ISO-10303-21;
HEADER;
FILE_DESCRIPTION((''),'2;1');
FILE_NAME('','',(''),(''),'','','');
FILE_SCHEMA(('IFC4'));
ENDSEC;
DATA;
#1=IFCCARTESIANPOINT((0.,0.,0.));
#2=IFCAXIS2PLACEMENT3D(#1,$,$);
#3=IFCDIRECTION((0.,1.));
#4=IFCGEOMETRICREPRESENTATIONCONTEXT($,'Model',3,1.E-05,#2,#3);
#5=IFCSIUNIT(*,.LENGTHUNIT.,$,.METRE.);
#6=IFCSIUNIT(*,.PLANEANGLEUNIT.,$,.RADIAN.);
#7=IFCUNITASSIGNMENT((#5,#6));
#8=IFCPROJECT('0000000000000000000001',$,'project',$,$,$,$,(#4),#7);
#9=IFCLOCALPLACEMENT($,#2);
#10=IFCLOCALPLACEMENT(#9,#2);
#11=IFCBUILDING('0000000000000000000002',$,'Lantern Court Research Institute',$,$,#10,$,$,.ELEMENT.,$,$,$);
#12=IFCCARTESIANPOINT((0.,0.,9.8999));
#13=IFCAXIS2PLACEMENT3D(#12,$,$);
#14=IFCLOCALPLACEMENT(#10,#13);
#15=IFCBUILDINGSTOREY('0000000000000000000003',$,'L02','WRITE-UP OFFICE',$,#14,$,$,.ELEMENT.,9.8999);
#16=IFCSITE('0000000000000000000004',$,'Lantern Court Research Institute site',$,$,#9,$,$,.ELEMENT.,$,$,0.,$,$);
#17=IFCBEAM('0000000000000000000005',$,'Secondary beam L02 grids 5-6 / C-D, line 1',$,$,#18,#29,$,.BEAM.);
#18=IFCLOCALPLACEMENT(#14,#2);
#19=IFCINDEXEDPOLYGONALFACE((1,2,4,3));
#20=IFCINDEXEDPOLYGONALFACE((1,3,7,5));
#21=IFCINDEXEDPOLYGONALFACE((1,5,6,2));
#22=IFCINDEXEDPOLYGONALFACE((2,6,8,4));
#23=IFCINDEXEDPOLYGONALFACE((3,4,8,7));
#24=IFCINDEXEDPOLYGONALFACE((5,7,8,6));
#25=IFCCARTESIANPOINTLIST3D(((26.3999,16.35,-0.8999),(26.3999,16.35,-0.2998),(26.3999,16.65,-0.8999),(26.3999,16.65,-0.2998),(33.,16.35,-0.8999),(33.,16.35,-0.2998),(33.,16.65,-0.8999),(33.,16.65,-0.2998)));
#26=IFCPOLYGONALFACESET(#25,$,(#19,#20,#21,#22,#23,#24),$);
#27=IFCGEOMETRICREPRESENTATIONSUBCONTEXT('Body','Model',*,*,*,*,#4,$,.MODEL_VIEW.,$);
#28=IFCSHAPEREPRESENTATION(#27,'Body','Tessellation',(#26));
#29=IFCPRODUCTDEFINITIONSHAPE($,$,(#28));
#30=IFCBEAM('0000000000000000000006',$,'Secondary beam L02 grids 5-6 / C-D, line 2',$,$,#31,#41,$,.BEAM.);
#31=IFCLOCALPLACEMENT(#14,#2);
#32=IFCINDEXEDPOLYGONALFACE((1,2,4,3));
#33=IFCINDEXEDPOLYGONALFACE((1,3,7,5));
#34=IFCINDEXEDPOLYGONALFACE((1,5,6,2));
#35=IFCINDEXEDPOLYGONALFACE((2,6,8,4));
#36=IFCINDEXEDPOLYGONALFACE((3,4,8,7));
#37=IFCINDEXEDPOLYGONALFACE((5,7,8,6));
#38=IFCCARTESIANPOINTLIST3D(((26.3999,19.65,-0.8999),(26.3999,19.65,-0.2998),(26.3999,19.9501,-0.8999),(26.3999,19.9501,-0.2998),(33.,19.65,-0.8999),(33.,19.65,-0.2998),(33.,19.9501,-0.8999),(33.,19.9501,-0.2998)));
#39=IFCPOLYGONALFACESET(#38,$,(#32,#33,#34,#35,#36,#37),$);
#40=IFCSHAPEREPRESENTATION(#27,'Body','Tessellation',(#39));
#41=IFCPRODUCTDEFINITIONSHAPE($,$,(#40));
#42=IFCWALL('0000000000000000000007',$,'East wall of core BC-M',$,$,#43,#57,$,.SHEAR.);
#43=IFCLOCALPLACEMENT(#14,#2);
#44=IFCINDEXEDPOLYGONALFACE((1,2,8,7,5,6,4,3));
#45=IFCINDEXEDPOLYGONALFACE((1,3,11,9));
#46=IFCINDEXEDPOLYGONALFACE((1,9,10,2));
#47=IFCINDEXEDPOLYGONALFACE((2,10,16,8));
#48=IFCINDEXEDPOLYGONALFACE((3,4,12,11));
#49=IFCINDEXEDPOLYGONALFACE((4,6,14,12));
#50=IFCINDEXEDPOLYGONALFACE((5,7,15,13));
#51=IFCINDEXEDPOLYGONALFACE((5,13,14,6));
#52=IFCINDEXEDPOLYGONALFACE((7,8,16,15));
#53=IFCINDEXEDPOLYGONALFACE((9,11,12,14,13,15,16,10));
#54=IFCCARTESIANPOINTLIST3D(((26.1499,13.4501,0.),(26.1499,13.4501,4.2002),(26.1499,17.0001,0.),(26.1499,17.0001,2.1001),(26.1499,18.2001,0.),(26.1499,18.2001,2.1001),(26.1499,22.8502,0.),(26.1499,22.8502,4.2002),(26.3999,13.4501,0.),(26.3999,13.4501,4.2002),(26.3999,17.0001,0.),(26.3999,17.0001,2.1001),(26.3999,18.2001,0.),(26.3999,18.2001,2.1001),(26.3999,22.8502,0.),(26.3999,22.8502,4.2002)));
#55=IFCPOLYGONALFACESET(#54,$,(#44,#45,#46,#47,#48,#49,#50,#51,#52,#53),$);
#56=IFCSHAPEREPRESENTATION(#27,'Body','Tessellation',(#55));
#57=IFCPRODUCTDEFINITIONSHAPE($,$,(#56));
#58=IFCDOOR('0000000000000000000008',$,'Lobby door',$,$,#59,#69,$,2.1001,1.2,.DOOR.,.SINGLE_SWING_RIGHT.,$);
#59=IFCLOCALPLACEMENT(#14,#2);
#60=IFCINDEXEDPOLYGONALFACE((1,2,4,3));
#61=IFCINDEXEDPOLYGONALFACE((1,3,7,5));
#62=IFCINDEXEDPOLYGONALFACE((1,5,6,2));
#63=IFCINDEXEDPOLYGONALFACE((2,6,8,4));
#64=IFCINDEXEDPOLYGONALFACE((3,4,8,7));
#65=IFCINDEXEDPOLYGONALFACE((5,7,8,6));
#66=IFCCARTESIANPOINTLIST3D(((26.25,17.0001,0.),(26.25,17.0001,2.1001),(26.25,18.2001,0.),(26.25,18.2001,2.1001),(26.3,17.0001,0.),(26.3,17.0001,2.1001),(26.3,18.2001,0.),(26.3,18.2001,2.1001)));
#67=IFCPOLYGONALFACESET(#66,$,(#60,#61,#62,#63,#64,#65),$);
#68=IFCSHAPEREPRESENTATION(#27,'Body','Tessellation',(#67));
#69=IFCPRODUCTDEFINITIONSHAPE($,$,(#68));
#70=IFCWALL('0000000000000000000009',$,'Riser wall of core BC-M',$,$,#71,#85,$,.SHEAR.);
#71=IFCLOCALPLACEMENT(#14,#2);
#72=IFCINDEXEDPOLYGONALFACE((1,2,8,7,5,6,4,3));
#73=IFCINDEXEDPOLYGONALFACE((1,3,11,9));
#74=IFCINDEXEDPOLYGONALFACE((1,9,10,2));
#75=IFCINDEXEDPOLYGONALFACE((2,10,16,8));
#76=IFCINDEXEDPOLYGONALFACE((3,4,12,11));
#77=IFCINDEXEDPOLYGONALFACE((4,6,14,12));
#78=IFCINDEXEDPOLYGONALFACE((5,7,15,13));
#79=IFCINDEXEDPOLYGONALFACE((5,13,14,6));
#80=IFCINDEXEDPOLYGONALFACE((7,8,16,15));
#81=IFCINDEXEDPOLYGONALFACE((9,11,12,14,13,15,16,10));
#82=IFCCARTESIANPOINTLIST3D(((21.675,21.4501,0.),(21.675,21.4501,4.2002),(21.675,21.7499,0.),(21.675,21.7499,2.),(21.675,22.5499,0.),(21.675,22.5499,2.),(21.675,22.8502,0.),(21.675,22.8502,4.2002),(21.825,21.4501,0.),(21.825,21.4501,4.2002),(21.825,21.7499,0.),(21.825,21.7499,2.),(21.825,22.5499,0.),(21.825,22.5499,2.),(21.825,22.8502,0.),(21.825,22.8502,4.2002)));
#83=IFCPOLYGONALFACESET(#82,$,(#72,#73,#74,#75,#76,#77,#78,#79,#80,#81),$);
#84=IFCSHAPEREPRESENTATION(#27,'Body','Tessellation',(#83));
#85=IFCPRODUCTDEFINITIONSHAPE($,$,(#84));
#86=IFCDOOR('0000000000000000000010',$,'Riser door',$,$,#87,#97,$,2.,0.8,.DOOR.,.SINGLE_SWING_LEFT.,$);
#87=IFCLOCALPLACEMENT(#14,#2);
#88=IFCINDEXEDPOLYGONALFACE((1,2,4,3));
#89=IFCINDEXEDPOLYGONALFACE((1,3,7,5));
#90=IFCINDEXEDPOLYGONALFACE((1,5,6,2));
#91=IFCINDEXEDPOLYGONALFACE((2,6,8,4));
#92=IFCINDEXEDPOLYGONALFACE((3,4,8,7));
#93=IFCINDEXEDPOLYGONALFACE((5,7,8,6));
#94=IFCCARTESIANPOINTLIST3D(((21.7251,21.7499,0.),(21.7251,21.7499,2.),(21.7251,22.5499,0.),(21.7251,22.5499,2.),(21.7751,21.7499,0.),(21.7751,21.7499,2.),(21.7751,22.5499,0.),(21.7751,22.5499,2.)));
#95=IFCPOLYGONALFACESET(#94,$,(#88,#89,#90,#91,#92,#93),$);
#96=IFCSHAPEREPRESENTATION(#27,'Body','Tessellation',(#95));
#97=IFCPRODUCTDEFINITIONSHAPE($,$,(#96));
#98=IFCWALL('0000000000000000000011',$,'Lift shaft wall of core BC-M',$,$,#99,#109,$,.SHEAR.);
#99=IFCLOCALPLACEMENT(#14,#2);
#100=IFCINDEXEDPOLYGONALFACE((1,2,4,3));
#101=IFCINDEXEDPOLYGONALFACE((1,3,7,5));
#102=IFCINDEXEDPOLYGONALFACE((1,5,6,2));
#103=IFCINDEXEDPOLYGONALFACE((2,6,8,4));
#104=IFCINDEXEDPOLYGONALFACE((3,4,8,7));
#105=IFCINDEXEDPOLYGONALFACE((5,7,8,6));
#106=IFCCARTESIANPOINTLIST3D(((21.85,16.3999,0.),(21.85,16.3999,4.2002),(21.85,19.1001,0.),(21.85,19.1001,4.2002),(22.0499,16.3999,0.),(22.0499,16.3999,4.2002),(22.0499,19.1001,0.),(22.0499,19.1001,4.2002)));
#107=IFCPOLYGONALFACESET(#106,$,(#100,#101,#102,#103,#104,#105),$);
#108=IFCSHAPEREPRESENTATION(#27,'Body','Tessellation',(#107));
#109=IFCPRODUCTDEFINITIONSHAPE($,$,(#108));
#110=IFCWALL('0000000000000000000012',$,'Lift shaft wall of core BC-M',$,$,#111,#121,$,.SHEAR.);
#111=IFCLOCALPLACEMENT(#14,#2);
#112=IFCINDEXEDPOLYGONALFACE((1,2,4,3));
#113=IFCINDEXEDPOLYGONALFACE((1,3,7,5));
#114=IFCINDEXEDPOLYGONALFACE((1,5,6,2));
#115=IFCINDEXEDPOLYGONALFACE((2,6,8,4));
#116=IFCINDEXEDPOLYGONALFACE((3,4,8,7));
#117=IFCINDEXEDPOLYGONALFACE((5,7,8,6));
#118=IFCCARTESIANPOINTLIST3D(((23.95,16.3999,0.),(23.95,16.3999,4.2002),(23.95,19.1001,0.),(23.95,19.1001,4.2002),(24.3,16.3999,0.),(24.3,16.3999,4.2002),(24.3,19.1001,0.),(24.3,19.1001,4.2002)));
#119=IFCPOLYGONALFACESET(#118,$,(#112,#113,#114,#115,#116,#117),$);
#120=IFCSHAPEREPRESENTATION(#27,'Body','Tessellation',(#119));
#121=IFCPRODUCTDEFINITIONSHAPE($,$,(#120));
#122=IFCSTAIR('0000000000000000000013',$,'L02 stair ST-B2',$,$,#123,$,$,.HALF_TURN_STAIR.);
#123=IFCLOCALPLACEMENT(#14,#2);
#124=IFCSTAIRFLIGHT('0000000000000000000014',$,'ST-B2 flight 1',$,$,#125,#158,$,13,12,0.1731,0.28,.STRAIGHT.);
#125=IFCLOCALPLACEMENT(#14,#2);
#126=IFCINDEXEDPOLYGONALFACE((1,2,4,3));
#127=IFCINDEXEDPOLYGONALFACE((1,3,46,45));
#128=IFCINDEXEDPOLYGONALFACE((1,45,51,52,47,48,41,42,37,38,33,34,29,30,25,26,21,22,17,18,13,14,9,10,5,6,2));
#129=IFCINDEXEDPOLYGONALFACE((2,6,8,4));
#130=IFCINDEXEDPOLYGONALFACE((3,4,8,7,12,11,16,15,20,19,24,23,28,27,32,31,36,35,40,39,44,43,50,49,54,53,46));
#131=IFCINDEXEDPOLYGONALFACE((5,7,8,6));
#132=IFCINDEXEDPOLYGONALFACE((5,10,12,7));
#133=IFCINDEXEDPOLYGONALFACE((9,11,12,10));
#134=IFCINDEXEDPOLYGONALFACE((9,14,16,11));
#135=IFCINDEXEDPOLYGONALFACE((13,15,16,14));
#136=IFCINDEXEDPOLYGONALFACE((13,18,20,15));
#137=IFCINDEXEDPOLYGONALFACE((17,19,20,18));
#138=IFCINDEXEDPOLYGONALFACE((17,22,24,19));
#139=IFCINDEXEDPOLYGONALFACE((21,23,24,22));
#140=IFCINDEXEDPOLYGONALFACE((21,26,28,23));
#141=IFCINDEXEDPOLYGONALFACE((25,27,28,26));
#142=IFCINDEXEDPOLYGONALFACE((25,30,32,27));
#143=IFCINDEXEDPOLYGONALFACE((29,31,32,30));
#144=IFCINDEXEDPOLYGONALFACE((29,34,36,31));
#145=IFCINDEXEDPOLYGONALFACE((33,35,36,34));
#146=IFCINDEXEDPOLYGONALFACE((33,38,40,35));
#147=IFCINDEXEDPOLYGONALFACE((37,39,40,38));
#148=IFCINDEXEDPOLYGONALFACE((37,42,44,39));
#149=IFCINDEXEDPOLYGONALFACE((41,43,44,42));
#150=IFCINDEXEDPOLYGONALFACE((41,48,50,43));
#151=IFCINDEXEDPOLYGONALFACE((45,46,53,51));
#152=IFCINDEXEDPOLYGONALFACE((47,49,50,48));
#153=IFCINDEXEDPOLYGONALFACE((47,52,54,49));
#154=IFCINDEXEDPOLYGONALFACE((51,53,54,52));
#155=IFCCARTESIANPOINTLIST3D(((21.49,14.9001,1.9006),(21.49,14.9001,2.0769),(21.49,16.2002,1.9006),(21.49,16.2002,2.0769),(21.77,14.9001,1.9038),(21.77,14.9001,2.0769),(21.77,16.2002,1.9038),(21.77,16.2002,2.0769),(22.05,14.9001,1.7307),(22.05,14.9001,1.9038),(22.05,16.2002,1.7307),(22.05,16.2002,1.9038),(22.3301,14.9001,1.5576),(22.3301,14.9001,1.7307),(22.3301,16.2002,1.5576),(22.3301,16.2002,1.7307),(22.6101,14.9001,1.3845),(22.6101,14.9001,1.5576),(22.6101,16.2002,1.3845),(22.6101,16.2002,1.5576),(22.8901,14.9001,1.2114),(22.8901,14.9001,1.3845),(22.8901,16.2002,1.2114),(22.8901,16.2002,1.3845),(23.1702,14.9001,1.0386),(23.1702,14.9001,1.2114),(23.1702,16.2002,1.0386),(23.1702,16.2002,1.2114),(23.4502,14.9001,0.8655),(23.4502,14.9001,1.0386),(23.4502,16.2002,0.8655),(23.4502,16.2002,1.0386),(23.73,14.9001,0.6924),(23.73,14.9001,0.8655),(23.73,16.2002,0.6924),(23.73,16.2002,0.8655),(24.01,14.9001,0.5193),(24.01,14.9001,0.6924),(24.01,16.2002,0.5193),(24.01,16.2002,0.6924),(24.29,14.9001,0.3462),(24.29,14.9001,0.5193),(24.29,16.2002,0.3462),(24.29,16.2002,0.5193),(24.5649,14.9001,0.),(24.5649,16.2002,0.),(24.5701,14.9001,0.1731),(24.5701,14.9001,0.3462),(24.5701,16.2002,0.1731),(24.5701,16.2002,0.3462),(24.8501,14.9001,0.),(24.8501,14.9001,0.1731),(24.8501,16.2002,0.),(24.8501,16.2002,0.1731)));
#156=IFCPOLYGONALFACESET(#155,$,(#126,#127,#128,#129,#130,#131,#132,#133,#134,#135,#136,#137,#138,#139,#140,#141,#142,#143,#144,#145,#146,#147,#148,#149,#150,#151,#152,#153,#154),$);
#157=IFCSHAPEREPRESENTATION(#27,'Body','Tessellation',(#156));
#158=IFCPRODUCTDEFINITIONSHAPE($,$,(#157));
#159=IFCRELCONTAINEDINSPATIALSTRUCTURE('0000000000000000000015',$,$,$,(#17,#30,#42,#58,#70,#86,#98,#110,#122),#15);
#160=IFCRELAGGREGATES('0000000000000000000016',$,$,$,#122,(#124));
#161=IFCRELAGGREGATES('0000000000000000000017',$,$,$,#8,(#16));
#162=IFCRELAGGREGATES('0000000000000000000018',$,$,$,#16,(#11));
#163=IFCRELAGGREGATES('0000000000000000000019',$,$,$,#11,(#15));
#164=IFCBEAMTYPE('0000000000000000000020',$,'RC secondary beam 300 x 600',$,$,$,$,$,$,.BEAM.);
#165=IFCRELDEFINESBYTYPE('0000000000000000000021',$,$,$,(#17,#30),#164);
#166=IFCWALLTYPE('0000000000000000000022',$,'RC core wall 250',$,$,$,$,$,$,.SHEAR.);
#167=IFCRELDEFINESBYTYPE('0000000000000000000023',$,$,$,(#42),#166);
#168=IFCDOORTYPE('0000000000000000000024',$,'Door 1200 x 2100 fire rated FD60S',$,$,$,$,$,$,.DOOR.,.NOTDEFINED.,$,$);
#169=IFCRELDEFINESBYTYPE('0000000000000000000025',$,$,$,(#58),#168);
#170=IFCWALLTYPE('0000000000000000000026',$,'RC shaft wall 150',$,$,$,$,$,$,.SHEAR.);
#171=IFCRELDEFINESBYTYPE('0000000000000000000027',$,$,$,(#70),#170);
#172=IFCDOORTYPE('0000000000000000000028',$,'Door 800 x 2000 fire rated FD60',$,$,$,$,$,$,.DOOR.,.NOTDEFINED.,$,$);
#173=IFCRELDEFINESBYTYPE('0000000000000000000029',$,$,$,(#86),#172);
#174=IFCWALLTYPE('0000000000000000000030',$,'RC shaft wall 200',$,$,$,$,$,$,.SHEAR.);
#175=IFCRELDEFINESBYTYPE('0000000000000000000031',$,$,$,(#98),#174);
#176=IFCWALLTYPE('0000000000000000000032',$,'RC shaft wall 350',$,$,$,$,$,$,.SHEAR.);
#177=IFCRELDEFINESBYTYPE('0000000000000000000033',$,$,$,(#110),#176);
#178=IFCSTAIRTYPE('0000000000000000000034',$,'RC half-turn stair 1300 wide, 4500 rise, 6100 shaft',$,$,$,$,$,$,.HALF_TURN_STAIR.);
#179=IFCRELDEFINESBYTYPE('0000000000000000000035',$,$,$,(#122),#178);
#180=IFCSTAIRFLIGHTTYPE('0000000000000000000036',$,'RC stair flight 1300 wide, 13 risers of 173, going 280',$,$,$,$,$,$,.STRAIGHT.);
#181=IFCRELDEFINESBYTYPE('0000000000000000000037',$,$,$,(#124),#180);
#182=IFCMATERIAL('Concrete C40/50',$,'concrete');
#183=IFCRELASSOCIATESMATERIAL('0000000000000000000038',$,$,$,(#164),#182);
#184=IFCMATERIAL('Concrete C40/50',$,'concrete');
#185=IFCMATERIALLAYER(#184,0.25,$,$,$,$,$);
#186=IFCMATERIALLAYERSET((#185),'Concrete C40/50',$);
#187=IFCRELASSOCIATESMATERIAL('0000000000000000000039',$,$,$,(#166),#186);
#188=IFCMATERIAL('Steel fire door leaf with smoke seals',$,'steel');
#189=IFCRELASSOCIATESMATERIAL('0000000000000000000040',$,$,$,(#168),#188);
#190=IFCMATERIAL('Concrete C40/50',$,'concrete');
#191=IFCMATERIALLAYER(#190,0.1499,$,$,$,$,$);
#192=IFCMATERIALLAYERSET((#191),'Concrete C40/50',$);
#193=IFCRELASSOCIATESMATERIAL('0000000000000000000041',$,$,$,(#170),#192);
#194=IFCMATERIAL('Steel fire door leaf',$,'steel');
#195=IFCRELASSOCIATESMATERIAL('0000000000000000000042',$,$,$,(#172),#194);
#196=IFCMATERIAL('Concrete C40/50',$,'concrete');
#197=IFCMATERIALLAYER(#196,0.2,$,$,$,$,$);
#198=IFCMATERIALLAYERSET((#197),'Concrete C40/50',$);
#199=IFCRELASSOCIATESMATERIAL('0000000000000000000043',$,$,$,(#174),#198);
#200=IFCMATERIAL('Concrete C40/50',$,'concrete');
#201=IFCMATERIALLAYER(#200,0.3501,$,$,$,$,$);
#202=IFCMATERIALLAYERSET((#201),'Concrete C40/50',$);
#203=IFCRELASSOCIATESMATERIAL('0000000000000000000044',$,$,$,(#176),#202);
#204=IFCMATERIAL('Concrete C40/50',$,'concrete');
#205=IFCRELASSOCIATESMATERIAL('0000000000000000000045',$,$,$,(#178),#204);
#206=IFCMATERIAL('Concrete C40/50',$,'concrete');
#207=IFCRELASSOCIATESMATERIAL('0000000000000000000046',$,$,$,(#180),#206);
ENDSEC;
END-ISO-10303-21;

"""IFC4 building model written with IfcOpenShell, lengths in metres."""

from ifc_helpers import new_model, si_unit, direction, frame, frame_2d, origin, origin_2d, place, context, subcontext, project, spatial, polyline, rectangle, outline, extrude, material, layer, layer_set, material_profile, profile_set, type_object, element, fill, aggregate, save


model = new_model("IFC4")

# Units and contexts
model_context = context("Model", 3, precision=1e-05, world=origin(), true_north=direction((0.0, 1.0)))
body_context = subcontext(model_context, "Body", "Model", "MODEL_VIEW")
ifc_project = project(units=[si_unit("LENGTHUNIT", "METRE"), si_unit("PLANEANGLEUNIT", "RADIAN")], contexts=[model_context])

# Site, building, storey
site_placement = place(None, origin())
site = spatial("IfcSite", under=ifc_project, at=site_placement, Name="Lantern Court Research Institute site", CompositionType="ELEMENT", RefElevation=0.0)
building_placement = place(site_placement, origin())
building = spatial("IfcBuilding", under=site, at=building_placement, Name="Lantern Court Research Institute", CompositionType="ELEMENT")
storey_placement = place(building_placement, frame((0.0, 0.0, 9.8999)))
storey = spatial("IfcBuildingStorey", under=building, at=storey_placement, Name="L02", Description="WRITE-UP OFFICE", CompositionType="ELEMENT", Elevation=9.8999)

# Beams
ifc_material_1 = material(Name="Concrete C40/50", Category="concrete")
ifc_material_profile = material_profile(ifc_material_1, rectangle(XDim=0.3, YDim=0.6001, at=origin_2d()), Name="RC beam 300 x 600")
ifc_profile_set = profile_set([ifc_material_profile], Name="Concrete C40/50")
beam_type = type_object("IfcBeamType", Name="RC secondary beam 300 x 600", PredefinedType="BEAM", material=ifc_profile_set)
for number, where, z_axis, x_axis, name in (
    (1, (26.3999, 16.5, -0.5999), (1.0, 0.0, 0.0), (0.0, 1.0, 0.0), "Secondary beam L02 grids 5-6 / C-D, line 1"),
    (2, (26.3999, 19.8, -0.5999), (1.0, 0.0, 0.0), (0.0, 1.0, 0.0), "Secondary beam L02 grids 5-6 / C-D, line 2"),
):
    element("IfcBeam", number, at=place(storey_placement, frame(where, z_axis=z_axis, x_axis=x_axis)), inside=storey, type_object=beam_type, Name=name, PredefinedType="BEAM", context=body_context, shape_type="SweptSolid", body=[
        extrude(rectangle(XDim=0.3, YDim=0.6001, at=origin_2d()), origin(), (0.0, 0.0, 1.0), 6.6001),
    ])

# Walls, openings, doors
ifc_material_2 = material(Name="Concrete C40/50", Category="concrete")
ifc_layer_1 = layer(ifc_material_2, 0.25)
ifc_layer_set_1 = layer_set([ifc_layer_1], Name="Concrete C40/50")
wall_type_1 = type_object("IfcWallType", Name="RC core wall 250", PredefinedType="SHEAR", material=ifc_layer_set_1)
wall_1_placement = place(storey_placement, frame((26.2749, 13.45, 0.0), z_axis=(0.0, 0.0, 1.0), x_axis=(0.0, 1.0, 0.0)))
wall_1 = element("IfcWall", 3, at=wall_1_placement, inside=storey, type_object=wall_type_1, Name="East wall of core BC-M", PredefinedType="SHEAR", context=body_context, shape_type="SweptSolid", body=[
    extrude(rectangle(XDim=9.4001, YDim=0.25, at=frame_2d((4.7002, 0.0))), origin(), (0.0, 0.0, 1.0), 4.2002),
])
opening_1_placement = place(wall_1_placement, frame((3.55, 0.0, 0.0)))
opening_1 = element("IfcOpeningElement", 4, at=opening_1_placement, cuts=wall_1, PredefinedType="OPENING", context=body_context, shape_type="SweptSolid", body=[
    extrude(rectangle(XDim=1.2, YDim=2.1001, at=frame_2d((0.6001, 1.05))), frame((0.0, 0.135, 0.0), z_axis=(0.0, -1.0, 0.0), x_axis=(1.0, 0.0, 0.0)), (0.0, 0.0, 1.0), 0.27),
])
ifc_material_3 = material(Name="Steel fire door leaf with smoke seals", Category="steel")
door_type_1 = type_object("IfcDoorType", Name="Door 1200 x 2100 fire rated FD60S", OperationType="NOTDEFINED", PredefinedType="DOOR", material=ifc_material_3)
door_1_placement = place(opening_1_placement, origin())
door_1 = element("IfcDoor", 5, at=door_1_placement, inside=storey, type_object=door_type_1, Name="Lobby door", OperationType="SINGLE_SWING_RIGHT", OverallHeight=2.1001, OverallWidth=1.2, PredefinedType="DOOR", context=body_context, shape_type="SweptSolid", body=[
    extrude(rectangle(XDim=1.2, YDim=2.1001, at=frame_2d((0.6001, 1.05))), frame((0.0, 0.0249, 0.0), z_axis=(0.0, -1.0, 0.0), x_axis=(1.0, 0.0, 0.0)), (0.0, 0.0, 1.0), 0.05),
])
fill(opening_1, door_1)
ifc_material_4 = material(Name="Concrete C40/50", Category="concrete")
ifc_layer_2 = layer(ifc_material_4, 0.1499)
ifc_layer_set_2 = layer_set([ifc_layer_2], Name="Concrete C40/50")
wall_type_2 = type_object("IfcWallType", Name="RC shaft wall 150", PredefinedType="SHEAR", material=ifc_layer_set_2)
wall_2_placement = place(storey_placement, frame((21.75, 21.45, 0.0), z_axis=(0.0, 0.0, 1.0), x_axis=(0.0, 1.0, 0.0)))
wall_2 = element("IfcWall", 6, at=wall_2_placement, inside=storey, type_object=wall_type_2, Name="Riser wall of core BC-M", PredefinedType="SHEAR", context=body_context, shape_type="SweptSolid", body=[
    extrude(rectangle(XDim=1.4001, YDim=0.1499, at=frame_2d((0.7002, 0.0))), origin(), (0.0, 0.0, 1.0), 4.2002),
])
opening_2_placement = place(wall_2_placement, frame((0.3, 0.0, 0.0)))
opening_2 = element("IfcOpeningElement", 7, at=opening_2_placement, cuts=wall_2, PredefinedType="OPENING", context=body_context, shape_type="SweptSolid", body=[
    extrude(rectangle(XDim=0.8, YDim=2.0, at=frame_2d((0.3999, 1.0))), frame((0.0, 0.085, 0.0), z_axis=(0.0, -1.0, 0.0), x_axis=(1.0, 0.0, 0.0)), (0.0, 0.0, 1.0), 0.1699),
])
ifc_material_5 = material(Name="Steel fire door leaf", Category="steel")
door_type_2 = type_object("IfcDoorType", Name="Door 800 x 2000 fire rated FD60", OperationType="NOTDEFINED", PredefinedType="DOOR", material=ifc_material_5)
door_2_placement = place(opening_2_placement, origin())
door_2 = element("IfcDoor", 8, at=door_2_placement, inside=storey, type_object=door_type_2, Name="Riser door", OperationType="SINGLE_SWING_LEFT", OverallHeight=2.0, OverallWidth=0.8, PredefinedType="DOOR", context=body_context, shape_type="SweptSolid", body=[
    extrude(rectangle(XDim=0.8, YDim=2.0, at=frame_2d((0.3999, 1.0))), frame((0.0, 0.0249, 0.0), z_axis=(0.0, -1.0, 0.0), x_axis=(1.0, 0.0, 0.0)), (0.0, 0.0, 1.0), 0.05),
])
fill(opening_2, door_2)

# Walls
ifc_material_6 = material(Name="Concrete C40/50", Category="concrete")
ifc_layer_3 = layer(ifc_material_6, 0.2)
ifc_layer_set_3 = layer_set([ifc_layer_3], Name="Concrete C40/50")
wall_type_3 = type_object("IfcWallType", Name="RC shaft wall 200", PredefinedType="SHEAR", material=ifc_layer_set_3)
wall_3_placement = place(storey_placement, frame((21.95, 16.3999, 0.0), z_axis=(0.0, 0.0, 1.0), x_axis=(0.0, 1.0, 0.0)))
element("IfcWall", 9, at=wall_3_placement, inside=storey, type_object=wall_type_3, Name="Lift shaft wall of core BC-M", PredefinedType="SHEAR", context=body_context, shape_type="SweptSolid", body=[
    extrude(rectangle(XDim=2.7002, YDim=0.2, at=frame_2d((1.3501, 0.0))), origin(), (0.0, 0.0, 1.0), 4.2002),
])
ifc_material_7 = material(Name="Concrete C40/50", Category="concrete")
ifc_layer_4 = layer(ifc_material_7, 0.3501)
ifc_layer_set_4 = layer_set([ifc_layer_4], Name="Concrete C40/50")
wall_type_4 = type_object("IfcWallType", Name="RC shaft wall 350", PredefinedType="SHEAR", material=ifc_layer_set_4)
wall_4_placement = place(storey_placement, frame((24.125, 16.3999, 0.0), z_axis=(0.0, 0.0, 1.0), x_axis=(0.0, 1.0, 0.0)))
element("IfcWall", 10, at=wall_4_placement, inside=storey, type_object=wall_type_4, Name="Lift shaft wall of core BC-M", PredefinedType="SHEAR", context=body_context, shape_type="SweptSolid", body=[
    extrude(rectangle(XDim=2.7002, YDim=0.3501, at=frame_2d((1.3501, 0.0))), origin(), (0.0, 0.0, 1.0), 4.2002),
])

# Stair, stair flight
ifc_material_8 = material(Name="Concrete C40/50", Category="concrete")
stair_type = type_object("IfcStairType", Name="RC half-turn stair 1300 wide, 4500 rise, 6100 shaft", PredefinedType="HALF_TURN_STAIR", material=ifc_material_8)
stair_placement = place(storey_placement, origin())
stair = element("IfcStair", 11, at=stair_placement, inside=storey, type_object=stair_type, Name="L02 stair ST-B2", PredefinedType="HALF_TURN_STAIR")
ifc_material_9 = material(Name="Concrete C40/50", Category="concrete")
stair_flight_type = type_object("IfcStairFlightType", Name="RC stair flight 1300 wide, 13 risers of 173, going 280", PredefinedType="STRAIGHT", material=ifc_material_9)
stair_flight_1_placement = place(storey_placement, frame((24.8501, 15.55, 0.0), z_axis=(0.0, 0.0, 1.0), x_axis=(-1.0, 0.0, 0.0)))
stair_flight_1 = element("IfcStairFlight", 12, at=stair_flight_1_placement, type_object=stair_flight_type, Name="ST-B2 flight 1", NumberOfRisers=13, NumberOfTreads=12, PredefinedType="STRAIGHT", RiserHeight=0.1731, TreadLength=0.28, context=body_context, shape_type="SweptSolid", body=[
    extrude(outline(polyline([(0.0, 0.0), (0.0, 0.1731), (0.28, 0.1731), (0.28, 0.3462), (0.5601, 0.3462), (0.5601, 0.5193), (0.8401, 0.5193), (0.8401, 0.6924), (1.1201, 0.6924), (1.1201, 0.8655), (1.3999, 0.8655), (1.3999, 1.0386), (1.6799, 1.0386), (1.6799, 1.2114), (1.96, 1.2114), (1.96, 1.3845), (2.24, 1.3845), (2.24, 1.5576), (2.52, 1.5576), (2.52, 1.7307), (2.8, 1.7307), (2.8, 1.9038), (3.0801, 1.9038), (3.0801, 2.0769), (3.3601, 2.0769), (3.3601, 2.25), (3.3601, 1.9006), (0.2852, 0.0), (0.0, 0.0)])), frame((0.0, 0.6499, 0.0), z_axis=(0.0, -1.0, 0.0), x_axis=(1.0, 0.0, 0.0)), (0.0, 0.0, 1.0), 1.3),
])
aggregate(stair, [stair_flight_1])

save(model, "model.ifc")
